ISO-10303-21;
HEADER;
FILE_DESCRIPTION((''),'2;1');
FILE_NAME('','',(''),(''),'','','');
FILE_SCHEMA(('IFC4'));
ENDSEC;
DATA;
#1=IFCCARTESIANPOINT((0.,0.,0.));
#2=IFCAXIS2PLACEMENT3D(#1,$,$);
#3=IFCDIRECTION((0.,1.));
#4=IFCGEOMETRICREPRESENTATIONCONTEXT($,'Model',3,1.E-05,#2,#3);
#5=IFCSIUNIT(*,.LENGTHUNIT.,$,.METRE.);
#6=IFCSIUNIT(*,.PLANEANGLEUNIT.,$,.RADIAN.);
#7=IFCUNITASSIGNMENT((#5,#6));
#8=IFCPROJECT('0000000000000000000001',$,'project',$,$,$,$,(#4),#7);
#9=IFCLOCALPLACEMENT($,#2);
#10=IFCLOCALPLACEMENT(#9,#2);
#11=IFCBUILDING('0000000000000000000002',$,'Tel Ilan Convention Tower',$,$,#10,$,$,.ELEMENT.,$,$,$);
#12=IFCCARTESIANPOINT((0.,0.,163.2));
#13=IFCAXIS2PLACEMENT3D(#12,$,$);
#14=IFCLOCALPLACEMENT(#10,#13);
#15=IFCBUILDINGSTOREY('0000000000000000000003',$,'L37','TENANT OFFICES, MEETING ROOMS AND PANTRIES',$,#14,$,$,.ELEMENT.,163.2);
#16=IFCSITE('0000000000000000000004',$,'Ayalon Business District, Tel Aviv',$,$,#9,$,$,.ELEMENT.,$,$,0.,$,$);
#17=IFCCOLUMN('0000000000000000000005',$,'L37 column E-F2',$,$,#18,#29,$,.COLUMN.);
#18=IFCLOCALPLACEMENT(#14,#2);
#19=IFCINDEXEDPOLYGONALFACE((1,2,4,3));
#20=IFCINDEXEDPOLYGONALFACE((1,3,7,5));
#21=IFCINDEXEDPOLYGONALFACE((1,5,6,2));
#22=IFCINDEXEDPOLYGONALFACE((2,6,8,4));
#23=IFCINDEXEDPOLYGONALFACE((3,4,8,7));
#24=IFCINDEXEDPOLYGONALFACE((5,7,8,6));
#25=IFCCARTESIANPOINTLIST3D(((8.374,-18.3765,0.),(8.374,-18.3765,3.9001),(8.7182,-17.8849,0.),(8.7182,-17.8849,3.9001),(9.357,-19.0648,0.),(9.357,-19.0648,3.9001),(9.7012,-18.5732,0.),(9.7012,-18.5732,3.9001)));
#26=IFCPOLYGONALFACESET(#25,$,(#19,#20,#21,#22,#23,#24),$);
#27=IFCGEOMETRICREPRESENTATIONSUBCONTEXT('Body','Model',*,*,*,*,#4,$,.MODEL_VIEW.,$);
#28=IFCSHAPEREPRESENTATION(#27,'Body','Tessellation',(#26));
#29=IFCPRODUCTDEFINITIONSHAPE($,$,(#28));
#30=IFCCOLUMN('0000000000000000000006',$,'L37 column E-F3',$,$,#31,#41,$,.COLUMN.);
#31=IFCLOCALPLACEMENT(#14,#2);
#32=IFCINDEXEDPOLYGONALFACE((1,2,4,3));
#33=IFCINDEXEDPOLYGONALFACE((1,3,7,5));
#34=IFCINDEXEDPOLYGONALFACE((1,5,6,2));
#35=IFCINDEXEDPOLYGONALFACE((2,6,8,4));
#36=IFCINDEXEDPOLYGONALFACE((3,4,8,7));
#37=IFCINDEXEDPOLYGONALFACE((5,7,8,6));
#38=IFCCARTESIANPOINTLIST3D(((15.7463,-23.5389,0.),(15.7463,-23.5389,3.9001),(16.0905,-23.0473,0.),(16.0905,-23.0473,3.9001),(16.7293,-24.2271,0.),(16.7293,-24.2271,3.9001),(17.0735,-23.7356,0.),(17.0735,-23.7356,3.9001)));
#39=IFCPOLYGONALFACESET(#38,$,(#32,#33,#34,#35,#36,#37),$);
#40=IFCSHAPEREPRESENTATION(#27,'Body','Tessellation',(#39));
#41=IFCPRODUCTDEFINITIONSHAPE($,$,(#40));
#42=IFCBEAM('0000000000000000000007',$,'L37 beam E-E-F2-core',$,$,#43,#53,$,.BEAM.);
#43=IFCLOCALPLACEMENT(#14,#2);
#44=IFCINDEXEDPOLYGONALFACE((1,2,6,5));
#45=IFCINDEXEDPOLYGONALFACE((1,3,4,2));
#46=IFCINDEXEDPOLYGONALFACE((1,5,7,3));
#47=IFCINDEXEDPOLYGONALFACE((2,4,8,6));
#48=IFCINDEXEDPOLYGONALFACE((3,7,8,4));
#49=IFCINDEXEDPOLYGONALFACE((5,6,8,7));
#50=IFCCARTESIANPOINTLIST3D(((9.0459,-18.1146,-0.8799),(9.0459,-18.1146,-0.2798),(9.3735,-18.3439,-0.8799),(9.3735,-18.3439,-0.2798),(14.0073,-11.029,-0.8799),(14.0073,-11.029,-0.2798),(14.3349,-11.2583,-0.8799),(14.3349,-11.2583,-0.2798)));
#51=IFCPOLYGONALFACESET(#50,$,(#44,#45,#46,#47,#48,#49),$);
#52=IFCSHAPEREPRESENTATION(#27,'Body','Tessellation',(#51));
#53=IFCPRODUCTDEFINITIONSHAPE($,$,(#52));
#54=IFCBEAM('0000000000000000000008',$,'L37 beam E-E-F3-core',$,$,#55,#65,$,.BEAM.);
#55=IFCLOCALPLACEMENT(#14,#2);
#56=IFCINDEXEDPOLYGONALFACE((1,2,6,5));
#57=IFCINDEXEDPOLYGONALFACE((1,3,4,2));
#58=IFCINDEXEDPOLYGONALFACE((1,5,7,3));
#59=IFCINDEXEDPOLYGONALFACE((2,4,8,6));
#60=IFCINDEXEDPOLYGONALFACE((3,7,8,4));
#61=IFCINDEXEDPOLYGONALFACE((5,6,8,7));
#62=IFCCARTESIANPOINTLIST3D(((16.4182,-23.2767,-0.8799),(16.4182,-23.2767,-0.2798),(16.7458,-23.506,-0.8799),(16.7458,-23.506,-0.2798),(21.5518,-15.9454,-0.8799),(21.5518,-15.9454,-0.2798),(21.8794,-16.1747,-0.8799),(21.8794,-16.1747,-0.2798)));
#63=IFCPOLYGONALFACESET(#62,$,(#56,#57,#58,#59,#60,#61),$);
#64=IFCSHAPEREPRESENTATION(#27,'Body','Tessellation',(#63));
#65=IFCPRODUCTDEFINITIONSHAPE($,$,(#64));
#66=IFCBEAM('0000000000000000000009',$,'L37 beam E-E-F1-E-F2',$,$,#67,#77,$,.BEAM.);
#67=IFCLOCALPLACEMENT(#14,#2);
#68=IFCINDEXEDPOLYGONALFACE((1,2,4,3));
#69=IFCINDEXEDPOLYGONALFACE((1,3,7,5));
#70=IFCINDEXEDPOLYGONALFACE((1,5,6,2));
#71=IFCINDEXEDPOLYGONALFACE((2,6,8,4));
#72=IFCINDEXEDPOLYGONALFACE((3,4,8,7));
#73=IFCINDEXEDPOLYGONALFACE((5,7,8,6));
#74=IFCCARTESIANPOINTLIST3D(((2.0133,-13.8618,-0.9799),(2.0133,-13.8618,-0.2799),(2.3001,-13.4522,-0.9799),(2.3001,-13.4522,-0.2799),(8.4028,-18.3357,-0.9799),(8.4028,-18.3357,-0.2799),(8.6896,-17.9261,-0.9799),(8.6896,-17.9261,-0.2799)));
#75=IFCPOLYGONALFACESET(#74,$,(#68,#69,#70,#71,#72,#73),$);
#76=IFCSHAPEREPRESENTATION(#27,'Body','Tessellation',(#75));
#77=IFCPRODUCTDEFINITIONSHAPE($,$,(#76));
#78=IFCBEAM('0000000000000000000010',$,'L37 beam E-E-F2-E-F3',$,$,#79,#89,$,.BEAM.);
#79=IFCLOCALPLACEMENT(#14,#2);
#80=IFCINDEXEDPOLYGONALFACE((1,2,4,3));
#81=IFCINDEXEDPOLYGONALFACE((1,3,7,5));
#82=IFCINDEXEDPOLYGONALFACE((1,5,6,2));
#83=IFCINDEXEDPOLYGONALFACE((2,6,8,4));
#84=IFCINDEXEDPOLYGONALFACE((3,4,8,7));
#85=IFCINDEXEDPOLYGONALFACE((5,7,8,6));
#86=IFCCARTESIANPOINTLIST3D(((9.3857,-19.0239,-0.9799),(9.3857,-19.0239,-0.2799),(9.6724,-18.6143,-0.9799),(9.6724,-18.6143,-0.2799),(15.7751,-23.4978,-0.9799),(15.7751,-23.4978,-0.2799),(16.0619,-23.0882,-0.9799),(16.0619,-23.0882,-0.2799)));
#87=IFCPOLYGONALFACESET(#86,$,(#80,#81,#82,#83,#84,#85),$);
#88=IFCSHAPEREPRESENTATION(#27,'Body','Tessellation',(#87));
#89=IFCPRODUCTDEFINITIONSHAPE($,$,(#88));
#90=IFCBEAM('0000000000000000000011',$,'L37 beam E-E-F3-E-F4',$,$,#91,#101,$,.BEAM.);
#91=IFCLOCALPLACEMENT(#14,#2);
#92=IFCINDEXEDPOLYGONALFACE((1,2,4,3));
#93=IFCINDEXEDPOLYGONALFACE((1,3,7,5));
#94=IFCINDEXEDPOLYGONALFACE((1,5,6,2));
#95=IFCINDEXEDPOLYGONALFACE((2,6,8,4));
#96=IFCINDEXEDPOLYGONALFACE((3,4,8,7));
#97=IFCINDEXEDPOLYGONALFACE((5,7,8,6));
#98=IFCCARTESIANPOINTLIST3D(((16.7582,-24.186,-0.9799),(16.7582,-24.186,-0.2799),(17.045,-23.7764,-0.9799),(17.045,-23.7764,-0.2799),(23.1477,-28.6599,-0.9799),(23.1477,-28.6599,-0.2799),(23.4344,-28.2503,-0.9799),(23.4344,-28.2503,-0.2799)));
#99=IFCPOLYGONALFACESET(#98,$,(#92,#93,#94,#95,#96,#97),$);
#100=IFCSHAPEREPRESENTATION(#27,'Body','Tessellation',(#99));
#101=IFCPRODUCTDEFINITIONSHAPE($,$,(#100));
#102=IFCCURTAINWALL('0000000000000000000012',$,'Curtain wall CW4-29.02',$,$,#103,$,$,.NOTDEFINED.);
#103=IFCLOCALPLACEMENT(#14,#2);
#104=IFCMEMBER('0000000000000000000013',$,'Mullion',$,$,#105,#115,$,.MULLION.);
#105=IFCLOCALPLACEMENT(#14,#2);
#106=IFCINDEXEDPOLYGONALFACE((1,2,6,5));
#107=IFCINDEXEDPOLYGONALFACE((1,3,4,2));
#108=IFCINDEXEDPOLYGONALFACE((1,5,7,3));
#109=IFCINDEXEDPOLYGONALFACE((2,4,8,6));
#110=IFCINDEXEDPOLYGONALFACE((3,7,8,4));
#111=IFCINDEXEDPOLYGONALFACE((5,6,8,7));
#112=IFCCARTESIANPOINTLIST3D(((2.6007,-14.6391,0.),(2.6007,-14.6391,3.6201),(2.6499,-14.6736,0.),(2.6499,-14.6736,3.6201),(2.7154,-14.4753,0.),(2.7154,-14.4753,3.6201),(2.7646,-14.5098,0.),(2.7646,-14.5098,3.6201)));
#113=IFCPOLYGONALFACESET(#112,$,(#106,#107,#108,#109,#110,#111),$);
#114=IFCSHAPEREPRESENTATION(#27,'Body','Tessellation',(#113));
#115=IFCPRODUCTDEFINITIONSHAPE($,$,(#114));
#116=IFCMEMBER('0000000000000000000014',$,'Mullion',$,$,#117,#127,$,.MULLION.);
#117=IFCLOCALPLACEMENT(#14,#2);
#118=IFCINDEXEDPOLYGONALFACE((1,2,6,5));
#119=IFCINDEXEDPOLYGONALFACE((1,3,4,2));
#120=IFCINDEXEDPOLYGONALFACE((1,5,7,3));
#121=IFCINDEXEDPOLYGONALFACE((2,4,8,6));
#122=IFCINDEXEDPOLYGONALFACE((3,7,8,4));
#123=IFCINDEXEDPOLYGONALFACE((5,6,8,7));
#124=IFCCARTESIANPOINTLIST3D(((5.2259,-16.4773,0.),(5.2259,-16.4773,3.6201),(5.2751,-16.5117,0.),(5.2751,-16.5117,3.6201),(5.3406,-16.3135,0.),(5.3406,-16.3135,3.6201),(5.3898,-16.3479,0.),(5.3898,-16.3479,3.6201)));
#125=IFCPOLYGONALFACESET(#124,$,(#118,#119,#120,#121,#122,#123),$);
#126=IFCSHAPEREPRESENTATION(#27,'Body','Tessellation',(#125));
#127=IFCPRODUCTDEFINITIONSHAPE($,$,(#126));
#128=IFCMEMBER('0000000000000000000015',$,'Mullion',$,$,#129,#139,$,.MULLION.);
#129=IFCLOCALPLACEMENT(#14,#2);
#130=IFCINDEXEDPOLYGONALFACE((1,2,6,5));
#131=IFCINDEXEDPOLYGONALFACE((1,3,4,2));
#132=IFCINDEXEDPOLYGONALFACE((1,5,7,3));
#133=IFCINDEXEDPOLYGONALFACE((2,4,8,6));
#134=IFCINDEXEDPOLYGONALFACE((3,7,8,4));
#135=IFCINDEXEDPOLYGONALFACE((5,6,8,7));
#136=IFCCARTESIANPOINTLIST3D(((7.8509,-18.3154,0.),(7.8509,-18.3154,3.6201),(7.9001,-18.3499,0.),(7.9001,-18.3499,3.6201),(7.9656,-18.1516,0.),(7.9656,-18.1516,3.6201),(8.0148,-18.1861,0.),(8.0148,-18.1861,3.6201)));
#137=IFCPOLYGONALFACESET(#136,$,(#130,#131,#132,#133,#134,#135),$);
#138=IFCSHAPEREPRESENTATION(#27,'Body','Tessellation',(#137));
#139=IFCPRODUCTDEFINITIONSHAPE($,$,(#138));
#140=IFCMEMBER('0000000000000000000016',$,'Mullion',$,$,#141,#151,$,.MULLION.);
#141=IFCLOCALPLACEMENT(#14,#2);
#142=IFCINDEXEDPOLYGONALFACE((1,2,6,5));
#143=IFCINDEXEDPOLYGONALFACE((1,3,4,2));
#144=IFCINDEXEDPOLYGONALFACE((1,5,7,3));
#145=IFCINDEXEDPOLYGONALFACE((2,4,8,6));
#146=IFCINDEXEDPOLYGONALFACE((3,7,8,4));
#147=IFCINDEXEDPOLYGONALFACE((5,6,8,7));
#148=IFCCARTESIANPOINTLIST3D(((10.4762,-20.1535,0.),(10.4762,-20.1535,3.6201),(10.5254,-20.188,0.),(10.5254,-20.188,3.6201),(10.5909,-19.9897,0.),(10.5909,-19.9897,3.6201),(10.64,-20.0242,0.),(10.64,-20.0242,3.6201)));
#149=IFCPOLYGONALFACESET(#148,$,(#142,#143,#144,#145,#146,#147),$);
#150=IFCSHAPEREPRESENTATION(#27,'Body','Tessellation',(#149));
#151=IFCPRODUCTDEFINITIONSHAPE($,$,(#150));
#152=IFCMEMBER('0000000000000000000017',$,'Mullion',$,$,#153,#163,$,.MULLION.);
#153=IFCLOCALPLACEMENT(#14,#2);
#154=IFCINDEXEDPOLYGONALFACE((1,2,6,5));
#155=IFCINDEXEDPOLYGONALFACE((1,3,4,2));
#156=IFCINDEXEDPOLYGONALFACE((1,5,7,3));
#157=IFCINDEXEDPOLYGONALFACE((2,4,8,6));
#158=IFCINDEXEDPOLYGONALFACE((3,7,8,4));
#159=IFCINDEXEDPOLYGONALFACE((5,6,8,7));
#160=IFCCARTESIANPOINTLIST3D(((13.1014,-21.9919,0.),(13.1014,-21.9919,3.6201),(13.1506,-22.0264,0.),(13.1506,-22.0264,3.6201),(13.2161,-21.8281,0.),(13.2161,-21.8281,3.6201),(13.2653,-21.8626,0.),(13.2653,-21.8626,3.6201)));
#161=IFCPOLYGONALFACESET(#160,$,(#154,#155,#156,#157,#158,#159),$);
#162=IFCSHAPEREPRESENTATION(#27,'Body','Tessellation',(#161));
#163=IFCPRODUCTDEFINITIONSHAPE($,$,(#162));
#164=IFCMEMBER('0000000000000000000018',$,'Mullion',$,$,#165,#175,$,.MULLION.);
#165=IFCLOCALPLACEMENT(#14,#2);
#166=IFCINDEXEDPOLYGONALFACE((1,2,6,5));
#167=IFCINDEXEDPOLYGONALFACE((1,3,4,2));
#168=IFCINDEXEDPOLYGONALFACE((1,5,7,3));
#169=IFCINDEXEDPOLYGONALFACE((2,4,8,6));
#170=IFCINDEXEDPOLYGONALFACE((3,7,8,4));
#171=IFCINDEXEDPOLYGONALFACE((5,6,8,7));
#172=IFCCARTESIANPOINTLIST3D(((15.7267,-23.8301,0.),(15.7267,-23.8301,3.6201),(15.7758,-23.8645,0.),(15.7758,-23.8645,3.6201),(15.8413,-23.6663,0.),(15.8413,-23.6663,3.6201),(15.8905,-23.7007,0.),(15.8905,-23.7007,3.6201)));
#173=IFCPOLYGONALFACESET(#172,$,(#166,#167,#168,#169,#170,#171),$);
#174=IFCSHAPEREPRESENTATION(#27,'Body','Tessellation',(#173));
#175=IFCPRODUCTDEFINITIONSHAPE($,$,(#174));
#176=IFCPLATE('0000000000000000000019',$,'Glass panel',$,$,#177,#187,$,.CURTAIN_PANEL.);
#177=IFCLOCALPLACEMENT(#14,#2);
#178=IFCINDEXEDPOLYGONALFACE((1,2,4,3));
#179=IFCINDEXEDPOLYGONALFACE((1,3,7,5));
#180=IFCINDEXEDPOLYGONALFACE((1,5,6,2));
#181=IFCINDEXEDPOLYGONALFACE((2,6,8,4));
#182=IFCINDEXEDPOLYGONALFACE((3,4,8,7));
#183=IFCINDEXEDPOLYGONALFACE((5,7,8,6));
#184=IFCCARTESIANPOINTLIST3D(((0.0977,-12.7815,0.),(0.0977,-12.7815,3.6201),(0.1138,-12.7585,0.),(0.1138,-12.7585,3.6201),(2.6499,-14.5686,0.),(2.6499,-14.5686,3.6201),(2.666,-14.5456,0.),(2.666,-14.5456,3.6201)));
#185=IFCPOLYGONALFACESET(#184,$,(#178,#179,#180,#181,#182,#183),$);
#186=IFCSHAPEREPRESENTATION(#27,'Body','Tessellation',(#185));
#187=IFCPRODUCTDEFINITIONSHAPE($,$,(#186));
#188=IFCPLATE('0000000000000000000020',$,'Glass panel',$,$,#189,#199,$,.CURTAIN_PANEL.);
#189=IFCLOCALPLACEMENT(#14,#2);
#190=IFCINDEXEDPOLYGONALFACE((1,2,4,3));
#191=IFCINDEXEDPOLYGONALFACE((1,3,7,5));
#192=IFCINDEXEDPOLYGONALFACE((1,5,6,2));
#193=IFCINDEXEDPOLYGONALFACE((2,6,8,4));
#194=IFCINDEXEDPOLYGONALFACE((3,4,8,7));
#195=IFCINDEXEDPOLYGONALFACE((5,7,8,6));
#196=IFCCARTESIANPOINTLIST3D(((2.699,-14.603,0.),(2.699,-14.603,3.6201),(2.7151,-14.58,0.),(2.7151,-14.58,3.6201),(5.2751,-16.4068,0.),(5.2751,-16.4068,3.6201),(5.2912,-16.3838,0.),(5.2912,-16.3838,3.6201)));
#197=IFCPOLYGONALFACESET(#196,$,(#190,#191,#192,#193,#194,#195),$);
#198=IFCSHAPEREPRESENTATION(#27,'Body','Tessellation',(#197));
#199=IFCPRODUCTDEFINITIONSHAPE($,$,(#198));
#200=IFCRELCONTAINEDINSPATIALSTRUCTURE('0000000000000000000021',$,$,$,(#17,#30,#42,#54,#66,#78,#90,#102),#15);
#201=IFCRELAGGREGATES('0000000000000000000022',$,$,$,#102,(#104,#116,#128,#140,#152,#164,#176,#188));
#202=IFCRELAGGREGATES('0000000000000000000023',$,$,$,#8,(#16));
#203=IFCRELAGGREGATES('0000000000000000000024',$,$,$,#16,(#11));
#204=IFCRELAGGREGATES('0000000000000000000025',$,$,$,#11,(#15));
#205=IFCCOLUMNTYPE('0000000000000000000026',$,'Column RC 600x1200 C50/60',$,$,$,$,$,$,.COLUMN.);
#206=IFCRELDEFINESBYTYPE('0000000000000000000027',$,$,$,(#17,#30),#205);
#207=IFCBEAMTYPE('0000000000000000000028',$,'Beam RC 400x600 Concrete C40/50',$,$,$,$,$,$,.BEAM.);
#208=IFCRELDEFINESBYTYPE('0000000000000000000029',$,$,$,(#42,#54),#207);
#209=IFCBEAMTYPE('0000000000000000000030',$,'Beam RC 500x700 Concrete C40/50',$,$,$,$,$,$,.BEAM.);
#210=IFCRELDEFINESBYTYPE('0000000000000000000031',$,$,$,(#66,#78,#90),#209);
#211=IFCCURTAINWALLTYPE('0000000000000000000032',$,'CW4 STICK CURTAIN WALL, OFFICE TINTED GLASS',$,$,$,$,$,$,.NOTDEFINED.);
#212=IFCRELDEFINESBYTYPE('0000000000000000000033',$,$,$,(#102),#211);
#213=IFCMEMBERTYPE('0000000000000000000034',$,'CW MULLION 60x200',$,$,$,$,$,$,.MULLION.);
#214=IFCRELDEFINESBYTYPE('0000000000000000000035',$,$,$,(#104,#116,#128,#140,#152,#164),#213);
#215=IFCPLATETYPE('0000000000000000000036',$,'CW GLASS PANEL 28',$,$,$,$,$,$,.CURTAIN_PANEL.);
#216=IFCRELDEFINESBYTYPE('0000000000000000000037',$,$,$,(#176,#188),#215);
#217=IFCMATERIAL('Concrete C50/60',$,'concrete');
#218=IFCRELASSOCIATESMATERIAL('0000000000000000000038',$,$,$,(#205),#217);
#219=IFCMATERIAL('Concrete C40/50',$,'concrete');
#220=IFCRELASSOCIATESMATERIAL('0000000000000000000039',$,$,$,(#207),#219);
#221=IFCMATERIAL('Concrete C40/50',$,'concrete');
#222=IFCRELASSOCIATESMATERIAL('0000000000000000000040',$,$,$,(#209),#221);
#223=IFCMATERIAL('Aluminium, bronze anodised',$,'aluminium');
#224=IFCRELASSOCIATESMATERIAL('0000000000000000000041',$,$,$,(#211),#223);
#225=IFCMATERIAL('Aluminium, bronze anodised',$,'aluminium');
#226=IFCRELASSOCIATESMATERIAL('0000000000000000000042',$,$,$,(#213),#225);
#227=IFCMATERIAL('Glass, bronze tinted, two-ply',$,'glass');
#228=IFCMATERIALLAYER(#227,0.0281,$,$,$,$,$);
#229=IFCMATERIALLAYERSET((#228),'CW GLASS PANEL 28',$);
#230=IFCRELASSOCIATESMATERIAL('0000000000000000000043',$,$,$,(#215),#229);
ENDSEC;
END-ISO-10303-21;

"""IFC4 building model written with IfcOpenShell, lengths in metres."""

from ifc_helpers import new_model, si_unit, direction, frame, origin, origin_2d, place, context, subcontext, project, spatial, rectangle, extrude, material, layer, layer_set, material_profile, profile_set, type_object, element, aggregate, save


model = new_model("IFC4")

# Units and contexts
model_context = context("Model", 3, precision=1e-05, world=origin(), true_north=direction((0.0, 1.0)))
body_context = subcontext(model_context, "Body", "Model", "MODEL_VIEW")
ifc_project = project(units=[si_unit("LENGTHUNIT", "METRE"), si_unit("PLANEANGLEUNIT", "RADIAN")], contexts=[model_context])

# Site, building, storey
site_placement = place(None, origin())
site = spatial("IfcSite", under=ifc_project, at=site_placement, Name="Ayalon Business District, Tel Aviv", CompositionType="ELEMENT", RefElevation=0.0)
building_placement = place(site_placement, origin())
building = spatial("IfcBuilding", under=site, at=building_placement, Name="Tel Ilan Convention Tower", CompositionType="ELEMENT")
storey_placement = place(building_placement, frame((0.0, 0.0, 163.2)))
storey = spatial("IfcBuildingStorey", under=building, at=storey_placement, Name="L37", Description="TENANT OFFICES, MEETING ROOMS AND PANTRIES", CompositionType="ELEMENT", Elevation=163.2)

# Columns
ifc_material_1 = material(Name="Concrete C50/60", Category="concrete")
ifc_material_profile_1 = material_profile(ifc_material_1, rectangle(XDim=1.2, YDim=0.6001, at=origin_2d()), Name="RC 600x1200")
ifc_profile_set_1 = profile_set([ifc_material_profile_1], Name="Concrete C50/60")
column_type = type_object("IfcColumnType", Name="Column RC 600x1200 C50/60", PredefinedType="COLUMN", material=ifc_profile_set_1)
for number, where, z_axis, x_axis, name in (
    (1, (9.0376, -18.4749, 0.0), (0.0, 0.0, 1.0), (0.819152, -0.573576, 0.0), "L37 column E-F2"),
    (2, (16.4099, -23.6372, 0.0), (0.0, 0.0, 1.0), (0.819152, -0.573576, 0.0), "L37 column E-F3"),
):
    element("IfcColumn", number, at=place(storey_placement, frame(where, z_axis=z_axis, x_axis=x_axis)), inside=storey, type_object=column_type, Name=name, PredefinedType="COLUMN", context=body_context, shape_type="SweptSolid", body=[
        extrude(rectangle(XDim=1.2, YDim=0.6001, at=origin_2d()), origin(), (0.0, 0.0, 1.0), 3.9001),
    ])

# Beams
ifc_material_2 = material(Name="Concrete C40/50", Category="concrete")
ifc_material_profile_2 = material_profile(ifc_material_2, rectangle(XDim=0.3999, YDim=0.6001, at=origin_2d()), Name="RC 400x600")
ifc_profile_set_2 = profile_set([ifc_material_profile_2], Name="Concrete C40/50")
beam_type_1 = type_object("IfcBeamType", Name="Beam RC 400x600 Concrete C40/50", PredefinedType="BEAM", material=ifc_profile_set_2)
beam_1_placement = place(storey_placement, frame((9.2097, -18.2292, -0.5798), z_axis=(0.573574, 0.819154, 0.0), x_axis=(-0.819154, 0.573574, 0.0)))
element("IfcBeam", 3, at=beam_1_placement, inside=storey, type_object=beam_type_1, Name="L37 beam E-E-F2-core", PredefinedType="BEAM", context=body_context, shape_type="SweptSolid", body=[
    extrude(rectangle(XDim=0.3999, YDim=0.6001, at=origin_2d()), origin(), (0.0, 0.0, 1.0), 8.6499),
])
beam_2_placement = place(storey_placement, frame((16.582, -23.3914, -0.5798), z_axis=(0.573585, 0.819146, 0.0), x_axis=(-0.819146, 0.573585, 0.0)))
element("IfcBeam", 4, at=beam_2_placement, inside=storey, type_object=beam_type_1, Name="L37 beam E-E-F3-core", PredefinedType="BEAM", context=body_context, shape_type="SweptSolid", body=[
    extrude(rectangle(XDim=0.3999, YDim=0.6001, at=origin_2d()), origin(), (0.0, 0.0, 1.0), 8.95),
])
ifc_material_3 = material(Name="Concrete C40/50", Category="concrete")
ifc_material_profile_3 = material_profile(ifc_material_3, rectangle(XDim=0.5, YDim=0.7, at=origin_2d()), Name="RC 500x700")
ifc_profile_set_3 = profile_set([ifc_material_profile_3], Name="Concrete C40/50")
beam_type_2 = type_object("IfcBeamType", Name="Beam RC 500x700 Concrete C40/50", PredefinedType="BEAM", material=ifc_profile_set_3)
for number, where, z_axis, x_axis, name in (
    (5, (2.1567, -13.657, -0.6299), (0.819154, -0.573574, 0.0), (0.573574, 0.819154, 0.0), "L37 beam E-E-F1-E-F2"),
    (6, (9.5291, -18.8191, -0.6299), (0.819154, -0.573574, 0.0), (0.573574, 0.819154, 0.0), "L37 beam E-E-F2-E-F3"),
    (7, (16.9016, -23.9812, -0.6299), (0.819154, -0.573574, 0.0), (0.573574, 0.819154, 0.0), "L37 beam E-E-F3-E-F4"),
):
    element("IfcBeam", number, at=place(storey_placement, frame(where, z_axis=z_axis, x_axis=x_axis)), inside=storey, type_object=beam_type_2, Name=name, PredefinedType="BEAM", context=body_context, shape_type="SweptSolid", body=[
        extrude(rectangle(XDim=0.5, YDim=0.7, at=origin_2d()), origin(), (0.0, 0.0, 1.0), 7.8),
    ])

# Curtain wall, members, plates
ifc_material_4 = material(Name="Aluminium, bronze anodised", Category="aluminium")
curtain_wall_type = type_object("IfcCurtainWallType", Name="CW4 STICK CURTAIN WALL, OFFICE TINTED GLASS", PredefinedType="NOTDEFINED", material=ifc_material_4)
curtain_wall_placement = place(storey_placement, origin())
curtain_wall = element("IfcCurtainWall", 8, at=curtain_wall_placement, inside=storey, type_object=curtain_wall_type, Name="Curtain wall CW4-29.02", PredefinedType="NOTDEFINED")
ifc_material_5 = material(Name="Aluminium, bronze anodised", Category="aluminium")
ifc_material_profile_4 = material_profile(ifc_material_5, rectangle(XDim=0.0601, YDim=0.2, at=origin_2d()), Name="CW MULLION 60x200")
ifc_profile_set_4 = profile_set([ifc_material_profile_4], Name="Aluminium, bronze anodised")
member_type = type_object("IfcMemberType", Name="CW MULLION 60x200", PredefinedType="MULLION", material=ifc_profile_set_4)
member_1_placement = place(storey_placement, frame((2.6826, -14.5745, 0.0), z_axis=(0.0, 0.0, 1.0), x_axis=(0.819152, -0.573576, 0.0)))
member_1 = element("IfcMember", 9, at=member_1_placement, type_object=member_type, Name="Mullion", PredefinedType="MULLION", context=body_context, shape_type="SweptSolid", body=[
    extrude(rectangle(XDim=0.0601, YDim=0.2, at=origin_2d()), origin(), (0.0, 0.0, 1.0), 3.6201),
])
member_2_placement = place(storey_placement, frame((5.3079, -16.4126, 0.0), z_axis=(0.0, 0.0, 1.0), x_axis=(0.819152, -0.573576, 0.0)))
member_2 = element("IfcMember", 10, at=member_2_placement, type_object=member_type, Name="Mullion", PredefinedType="MULLION", context=body_context, shape_type="SweptSolid", body=[
    extrude(rectangle(XDim=0.0601, YDim=0.2, at=origin_2d()), origin(), (0.0, 0.0, 1.0), 3.6201),
])
member_3_placement = place(storey_placement, frame((7.9329, -18.2507, 0.0), z_axis=(0.0, 0.0, 1.0), x_axis=(0.819152, -0.573576, 0.0)))
member_3 = element("IfcMember", 11, at=member_3_placement, type_object=member_type, Name="Mullion", PredefinedType="MULLION", context=body_context, shape_type="SweptSolid", body=[
    extrude(rectangle(XDim=0.0601, YDim=0.2, at=origin_2d()), origin(), (0.0, 0.0, 1.0), 3.6201),
])
member_4_placement = place(storey_placement, frame((10.5581, -20.0889, 0.0), z_axis=(0.0, 0.0, 1.0), x_axis=(0.819152, -0.573576, 0.0)))
member_4 = element("IfcMember", 12, at=member_4_placement, type_object=member_type, Name="Mullion", PredefinedType="MULLION", context=body_context, shape_type="SweptSolid", body=[
    extrude(rectangle(XDim=0.0601, YDim=0.2, at=origin_2d()), origin(), (0.0, 0.0, 1.0), 3.6201),
])
member_5_placement = place(storey_placement, frame((13.1833, -21.9272, 0.0), z_axis=(0.0, 0.0, 1.0), x_axis=(0.819152, -0.573576, 0.0)))
member_5 = element("IfcMember", 13, at=member_5_placement, type_object=member_type, Name="Mullion", PredefinedType="MULLION", context=body_context, shape_type="SweptSolid", body=[
    extrude(rectangle(XDim=0.0601, YDim=0.2, at=origin_2d()), origin(), (0.0, 0.0, 1.0), 3.6201),
])
member_6_placement = place(storey_placement, frame((15.8086, -23.7654, 0.0), z_axis=(0.0, 0.0, 1.0), x_axis=(0.819152, -0.573576, 0.0)))
member_6 = element("IfcMember", 14, at=member_6_placement, type_object=member_type, Name="Mullion", PredefinedType="MULLION", context=body_context, shape_type="SweptSolid", body=[
    extrude(rectangle(XDim=0.0601, YDim=0.2, at=origin_2d()), origin(), (0.0, 0.0, 1.0), 3.6201),
])
ifc_material_6 = material(Name="Glass, bronze tinted, two-ply", Category="glass")
ifc_layer_1 = layer(ifc_material_6, 0.0281)
ifc_layer_set_1 = layer_set([ifc_layer_1], Name="CW GLASS PANEL 28")
plate_type = type_object("IfcPlateType", Name="CW GLASS PANEL 28", PredefinedType="CURTAIN_PANEL", material=ifc_layer_set_1)
plate_1_placement = place(storey_placement, frame((1.3818, -13.6636, 0.0), z_axis=(0.0, 0.0, 1.0), x_axis=(0.819152, -0.573576, 0.0)))
plate_1 = element("IfcPlate", 15, at=plate_1_placement, type_object=plate_type, Name="Glass panel", PredefinedType="CURTAIN_PANEL", context=body_context, shape_type="SweptSolid", body=[
    extrude(rectangle(XDim=3.1157, YDim=0.0281, at=origin_2d()), origin(), (0.0, 0.0, 1.0), 3.6201),
])
plate_2_placement = place(storey_placement, frame((3.9951, -15.4934, 0.0), z_axis=(0.0, 0.0, 1.0), x_axis=(0.819152, -0.573576, 0.0)))
plate_2 = element("IfcPlate", 16, at=plate_2_placement, type_object=plate_type, Name="Glass panel", PredefinedType="CURTAIN_PANEL", context=body_context, shape_type="SweptSolid", body=[
    extrude(rectangle(XDim=3.1448, YDim=0.0281, at=origin_2d()), origin(), (0.0, 0.0, 1.0), 3.6201),
])
aggregate(curtain_wall, [member_1, member_2, member_3, member_4, member_5, member_6, plate_1, plate_2])

save(model, "model.ifc")
